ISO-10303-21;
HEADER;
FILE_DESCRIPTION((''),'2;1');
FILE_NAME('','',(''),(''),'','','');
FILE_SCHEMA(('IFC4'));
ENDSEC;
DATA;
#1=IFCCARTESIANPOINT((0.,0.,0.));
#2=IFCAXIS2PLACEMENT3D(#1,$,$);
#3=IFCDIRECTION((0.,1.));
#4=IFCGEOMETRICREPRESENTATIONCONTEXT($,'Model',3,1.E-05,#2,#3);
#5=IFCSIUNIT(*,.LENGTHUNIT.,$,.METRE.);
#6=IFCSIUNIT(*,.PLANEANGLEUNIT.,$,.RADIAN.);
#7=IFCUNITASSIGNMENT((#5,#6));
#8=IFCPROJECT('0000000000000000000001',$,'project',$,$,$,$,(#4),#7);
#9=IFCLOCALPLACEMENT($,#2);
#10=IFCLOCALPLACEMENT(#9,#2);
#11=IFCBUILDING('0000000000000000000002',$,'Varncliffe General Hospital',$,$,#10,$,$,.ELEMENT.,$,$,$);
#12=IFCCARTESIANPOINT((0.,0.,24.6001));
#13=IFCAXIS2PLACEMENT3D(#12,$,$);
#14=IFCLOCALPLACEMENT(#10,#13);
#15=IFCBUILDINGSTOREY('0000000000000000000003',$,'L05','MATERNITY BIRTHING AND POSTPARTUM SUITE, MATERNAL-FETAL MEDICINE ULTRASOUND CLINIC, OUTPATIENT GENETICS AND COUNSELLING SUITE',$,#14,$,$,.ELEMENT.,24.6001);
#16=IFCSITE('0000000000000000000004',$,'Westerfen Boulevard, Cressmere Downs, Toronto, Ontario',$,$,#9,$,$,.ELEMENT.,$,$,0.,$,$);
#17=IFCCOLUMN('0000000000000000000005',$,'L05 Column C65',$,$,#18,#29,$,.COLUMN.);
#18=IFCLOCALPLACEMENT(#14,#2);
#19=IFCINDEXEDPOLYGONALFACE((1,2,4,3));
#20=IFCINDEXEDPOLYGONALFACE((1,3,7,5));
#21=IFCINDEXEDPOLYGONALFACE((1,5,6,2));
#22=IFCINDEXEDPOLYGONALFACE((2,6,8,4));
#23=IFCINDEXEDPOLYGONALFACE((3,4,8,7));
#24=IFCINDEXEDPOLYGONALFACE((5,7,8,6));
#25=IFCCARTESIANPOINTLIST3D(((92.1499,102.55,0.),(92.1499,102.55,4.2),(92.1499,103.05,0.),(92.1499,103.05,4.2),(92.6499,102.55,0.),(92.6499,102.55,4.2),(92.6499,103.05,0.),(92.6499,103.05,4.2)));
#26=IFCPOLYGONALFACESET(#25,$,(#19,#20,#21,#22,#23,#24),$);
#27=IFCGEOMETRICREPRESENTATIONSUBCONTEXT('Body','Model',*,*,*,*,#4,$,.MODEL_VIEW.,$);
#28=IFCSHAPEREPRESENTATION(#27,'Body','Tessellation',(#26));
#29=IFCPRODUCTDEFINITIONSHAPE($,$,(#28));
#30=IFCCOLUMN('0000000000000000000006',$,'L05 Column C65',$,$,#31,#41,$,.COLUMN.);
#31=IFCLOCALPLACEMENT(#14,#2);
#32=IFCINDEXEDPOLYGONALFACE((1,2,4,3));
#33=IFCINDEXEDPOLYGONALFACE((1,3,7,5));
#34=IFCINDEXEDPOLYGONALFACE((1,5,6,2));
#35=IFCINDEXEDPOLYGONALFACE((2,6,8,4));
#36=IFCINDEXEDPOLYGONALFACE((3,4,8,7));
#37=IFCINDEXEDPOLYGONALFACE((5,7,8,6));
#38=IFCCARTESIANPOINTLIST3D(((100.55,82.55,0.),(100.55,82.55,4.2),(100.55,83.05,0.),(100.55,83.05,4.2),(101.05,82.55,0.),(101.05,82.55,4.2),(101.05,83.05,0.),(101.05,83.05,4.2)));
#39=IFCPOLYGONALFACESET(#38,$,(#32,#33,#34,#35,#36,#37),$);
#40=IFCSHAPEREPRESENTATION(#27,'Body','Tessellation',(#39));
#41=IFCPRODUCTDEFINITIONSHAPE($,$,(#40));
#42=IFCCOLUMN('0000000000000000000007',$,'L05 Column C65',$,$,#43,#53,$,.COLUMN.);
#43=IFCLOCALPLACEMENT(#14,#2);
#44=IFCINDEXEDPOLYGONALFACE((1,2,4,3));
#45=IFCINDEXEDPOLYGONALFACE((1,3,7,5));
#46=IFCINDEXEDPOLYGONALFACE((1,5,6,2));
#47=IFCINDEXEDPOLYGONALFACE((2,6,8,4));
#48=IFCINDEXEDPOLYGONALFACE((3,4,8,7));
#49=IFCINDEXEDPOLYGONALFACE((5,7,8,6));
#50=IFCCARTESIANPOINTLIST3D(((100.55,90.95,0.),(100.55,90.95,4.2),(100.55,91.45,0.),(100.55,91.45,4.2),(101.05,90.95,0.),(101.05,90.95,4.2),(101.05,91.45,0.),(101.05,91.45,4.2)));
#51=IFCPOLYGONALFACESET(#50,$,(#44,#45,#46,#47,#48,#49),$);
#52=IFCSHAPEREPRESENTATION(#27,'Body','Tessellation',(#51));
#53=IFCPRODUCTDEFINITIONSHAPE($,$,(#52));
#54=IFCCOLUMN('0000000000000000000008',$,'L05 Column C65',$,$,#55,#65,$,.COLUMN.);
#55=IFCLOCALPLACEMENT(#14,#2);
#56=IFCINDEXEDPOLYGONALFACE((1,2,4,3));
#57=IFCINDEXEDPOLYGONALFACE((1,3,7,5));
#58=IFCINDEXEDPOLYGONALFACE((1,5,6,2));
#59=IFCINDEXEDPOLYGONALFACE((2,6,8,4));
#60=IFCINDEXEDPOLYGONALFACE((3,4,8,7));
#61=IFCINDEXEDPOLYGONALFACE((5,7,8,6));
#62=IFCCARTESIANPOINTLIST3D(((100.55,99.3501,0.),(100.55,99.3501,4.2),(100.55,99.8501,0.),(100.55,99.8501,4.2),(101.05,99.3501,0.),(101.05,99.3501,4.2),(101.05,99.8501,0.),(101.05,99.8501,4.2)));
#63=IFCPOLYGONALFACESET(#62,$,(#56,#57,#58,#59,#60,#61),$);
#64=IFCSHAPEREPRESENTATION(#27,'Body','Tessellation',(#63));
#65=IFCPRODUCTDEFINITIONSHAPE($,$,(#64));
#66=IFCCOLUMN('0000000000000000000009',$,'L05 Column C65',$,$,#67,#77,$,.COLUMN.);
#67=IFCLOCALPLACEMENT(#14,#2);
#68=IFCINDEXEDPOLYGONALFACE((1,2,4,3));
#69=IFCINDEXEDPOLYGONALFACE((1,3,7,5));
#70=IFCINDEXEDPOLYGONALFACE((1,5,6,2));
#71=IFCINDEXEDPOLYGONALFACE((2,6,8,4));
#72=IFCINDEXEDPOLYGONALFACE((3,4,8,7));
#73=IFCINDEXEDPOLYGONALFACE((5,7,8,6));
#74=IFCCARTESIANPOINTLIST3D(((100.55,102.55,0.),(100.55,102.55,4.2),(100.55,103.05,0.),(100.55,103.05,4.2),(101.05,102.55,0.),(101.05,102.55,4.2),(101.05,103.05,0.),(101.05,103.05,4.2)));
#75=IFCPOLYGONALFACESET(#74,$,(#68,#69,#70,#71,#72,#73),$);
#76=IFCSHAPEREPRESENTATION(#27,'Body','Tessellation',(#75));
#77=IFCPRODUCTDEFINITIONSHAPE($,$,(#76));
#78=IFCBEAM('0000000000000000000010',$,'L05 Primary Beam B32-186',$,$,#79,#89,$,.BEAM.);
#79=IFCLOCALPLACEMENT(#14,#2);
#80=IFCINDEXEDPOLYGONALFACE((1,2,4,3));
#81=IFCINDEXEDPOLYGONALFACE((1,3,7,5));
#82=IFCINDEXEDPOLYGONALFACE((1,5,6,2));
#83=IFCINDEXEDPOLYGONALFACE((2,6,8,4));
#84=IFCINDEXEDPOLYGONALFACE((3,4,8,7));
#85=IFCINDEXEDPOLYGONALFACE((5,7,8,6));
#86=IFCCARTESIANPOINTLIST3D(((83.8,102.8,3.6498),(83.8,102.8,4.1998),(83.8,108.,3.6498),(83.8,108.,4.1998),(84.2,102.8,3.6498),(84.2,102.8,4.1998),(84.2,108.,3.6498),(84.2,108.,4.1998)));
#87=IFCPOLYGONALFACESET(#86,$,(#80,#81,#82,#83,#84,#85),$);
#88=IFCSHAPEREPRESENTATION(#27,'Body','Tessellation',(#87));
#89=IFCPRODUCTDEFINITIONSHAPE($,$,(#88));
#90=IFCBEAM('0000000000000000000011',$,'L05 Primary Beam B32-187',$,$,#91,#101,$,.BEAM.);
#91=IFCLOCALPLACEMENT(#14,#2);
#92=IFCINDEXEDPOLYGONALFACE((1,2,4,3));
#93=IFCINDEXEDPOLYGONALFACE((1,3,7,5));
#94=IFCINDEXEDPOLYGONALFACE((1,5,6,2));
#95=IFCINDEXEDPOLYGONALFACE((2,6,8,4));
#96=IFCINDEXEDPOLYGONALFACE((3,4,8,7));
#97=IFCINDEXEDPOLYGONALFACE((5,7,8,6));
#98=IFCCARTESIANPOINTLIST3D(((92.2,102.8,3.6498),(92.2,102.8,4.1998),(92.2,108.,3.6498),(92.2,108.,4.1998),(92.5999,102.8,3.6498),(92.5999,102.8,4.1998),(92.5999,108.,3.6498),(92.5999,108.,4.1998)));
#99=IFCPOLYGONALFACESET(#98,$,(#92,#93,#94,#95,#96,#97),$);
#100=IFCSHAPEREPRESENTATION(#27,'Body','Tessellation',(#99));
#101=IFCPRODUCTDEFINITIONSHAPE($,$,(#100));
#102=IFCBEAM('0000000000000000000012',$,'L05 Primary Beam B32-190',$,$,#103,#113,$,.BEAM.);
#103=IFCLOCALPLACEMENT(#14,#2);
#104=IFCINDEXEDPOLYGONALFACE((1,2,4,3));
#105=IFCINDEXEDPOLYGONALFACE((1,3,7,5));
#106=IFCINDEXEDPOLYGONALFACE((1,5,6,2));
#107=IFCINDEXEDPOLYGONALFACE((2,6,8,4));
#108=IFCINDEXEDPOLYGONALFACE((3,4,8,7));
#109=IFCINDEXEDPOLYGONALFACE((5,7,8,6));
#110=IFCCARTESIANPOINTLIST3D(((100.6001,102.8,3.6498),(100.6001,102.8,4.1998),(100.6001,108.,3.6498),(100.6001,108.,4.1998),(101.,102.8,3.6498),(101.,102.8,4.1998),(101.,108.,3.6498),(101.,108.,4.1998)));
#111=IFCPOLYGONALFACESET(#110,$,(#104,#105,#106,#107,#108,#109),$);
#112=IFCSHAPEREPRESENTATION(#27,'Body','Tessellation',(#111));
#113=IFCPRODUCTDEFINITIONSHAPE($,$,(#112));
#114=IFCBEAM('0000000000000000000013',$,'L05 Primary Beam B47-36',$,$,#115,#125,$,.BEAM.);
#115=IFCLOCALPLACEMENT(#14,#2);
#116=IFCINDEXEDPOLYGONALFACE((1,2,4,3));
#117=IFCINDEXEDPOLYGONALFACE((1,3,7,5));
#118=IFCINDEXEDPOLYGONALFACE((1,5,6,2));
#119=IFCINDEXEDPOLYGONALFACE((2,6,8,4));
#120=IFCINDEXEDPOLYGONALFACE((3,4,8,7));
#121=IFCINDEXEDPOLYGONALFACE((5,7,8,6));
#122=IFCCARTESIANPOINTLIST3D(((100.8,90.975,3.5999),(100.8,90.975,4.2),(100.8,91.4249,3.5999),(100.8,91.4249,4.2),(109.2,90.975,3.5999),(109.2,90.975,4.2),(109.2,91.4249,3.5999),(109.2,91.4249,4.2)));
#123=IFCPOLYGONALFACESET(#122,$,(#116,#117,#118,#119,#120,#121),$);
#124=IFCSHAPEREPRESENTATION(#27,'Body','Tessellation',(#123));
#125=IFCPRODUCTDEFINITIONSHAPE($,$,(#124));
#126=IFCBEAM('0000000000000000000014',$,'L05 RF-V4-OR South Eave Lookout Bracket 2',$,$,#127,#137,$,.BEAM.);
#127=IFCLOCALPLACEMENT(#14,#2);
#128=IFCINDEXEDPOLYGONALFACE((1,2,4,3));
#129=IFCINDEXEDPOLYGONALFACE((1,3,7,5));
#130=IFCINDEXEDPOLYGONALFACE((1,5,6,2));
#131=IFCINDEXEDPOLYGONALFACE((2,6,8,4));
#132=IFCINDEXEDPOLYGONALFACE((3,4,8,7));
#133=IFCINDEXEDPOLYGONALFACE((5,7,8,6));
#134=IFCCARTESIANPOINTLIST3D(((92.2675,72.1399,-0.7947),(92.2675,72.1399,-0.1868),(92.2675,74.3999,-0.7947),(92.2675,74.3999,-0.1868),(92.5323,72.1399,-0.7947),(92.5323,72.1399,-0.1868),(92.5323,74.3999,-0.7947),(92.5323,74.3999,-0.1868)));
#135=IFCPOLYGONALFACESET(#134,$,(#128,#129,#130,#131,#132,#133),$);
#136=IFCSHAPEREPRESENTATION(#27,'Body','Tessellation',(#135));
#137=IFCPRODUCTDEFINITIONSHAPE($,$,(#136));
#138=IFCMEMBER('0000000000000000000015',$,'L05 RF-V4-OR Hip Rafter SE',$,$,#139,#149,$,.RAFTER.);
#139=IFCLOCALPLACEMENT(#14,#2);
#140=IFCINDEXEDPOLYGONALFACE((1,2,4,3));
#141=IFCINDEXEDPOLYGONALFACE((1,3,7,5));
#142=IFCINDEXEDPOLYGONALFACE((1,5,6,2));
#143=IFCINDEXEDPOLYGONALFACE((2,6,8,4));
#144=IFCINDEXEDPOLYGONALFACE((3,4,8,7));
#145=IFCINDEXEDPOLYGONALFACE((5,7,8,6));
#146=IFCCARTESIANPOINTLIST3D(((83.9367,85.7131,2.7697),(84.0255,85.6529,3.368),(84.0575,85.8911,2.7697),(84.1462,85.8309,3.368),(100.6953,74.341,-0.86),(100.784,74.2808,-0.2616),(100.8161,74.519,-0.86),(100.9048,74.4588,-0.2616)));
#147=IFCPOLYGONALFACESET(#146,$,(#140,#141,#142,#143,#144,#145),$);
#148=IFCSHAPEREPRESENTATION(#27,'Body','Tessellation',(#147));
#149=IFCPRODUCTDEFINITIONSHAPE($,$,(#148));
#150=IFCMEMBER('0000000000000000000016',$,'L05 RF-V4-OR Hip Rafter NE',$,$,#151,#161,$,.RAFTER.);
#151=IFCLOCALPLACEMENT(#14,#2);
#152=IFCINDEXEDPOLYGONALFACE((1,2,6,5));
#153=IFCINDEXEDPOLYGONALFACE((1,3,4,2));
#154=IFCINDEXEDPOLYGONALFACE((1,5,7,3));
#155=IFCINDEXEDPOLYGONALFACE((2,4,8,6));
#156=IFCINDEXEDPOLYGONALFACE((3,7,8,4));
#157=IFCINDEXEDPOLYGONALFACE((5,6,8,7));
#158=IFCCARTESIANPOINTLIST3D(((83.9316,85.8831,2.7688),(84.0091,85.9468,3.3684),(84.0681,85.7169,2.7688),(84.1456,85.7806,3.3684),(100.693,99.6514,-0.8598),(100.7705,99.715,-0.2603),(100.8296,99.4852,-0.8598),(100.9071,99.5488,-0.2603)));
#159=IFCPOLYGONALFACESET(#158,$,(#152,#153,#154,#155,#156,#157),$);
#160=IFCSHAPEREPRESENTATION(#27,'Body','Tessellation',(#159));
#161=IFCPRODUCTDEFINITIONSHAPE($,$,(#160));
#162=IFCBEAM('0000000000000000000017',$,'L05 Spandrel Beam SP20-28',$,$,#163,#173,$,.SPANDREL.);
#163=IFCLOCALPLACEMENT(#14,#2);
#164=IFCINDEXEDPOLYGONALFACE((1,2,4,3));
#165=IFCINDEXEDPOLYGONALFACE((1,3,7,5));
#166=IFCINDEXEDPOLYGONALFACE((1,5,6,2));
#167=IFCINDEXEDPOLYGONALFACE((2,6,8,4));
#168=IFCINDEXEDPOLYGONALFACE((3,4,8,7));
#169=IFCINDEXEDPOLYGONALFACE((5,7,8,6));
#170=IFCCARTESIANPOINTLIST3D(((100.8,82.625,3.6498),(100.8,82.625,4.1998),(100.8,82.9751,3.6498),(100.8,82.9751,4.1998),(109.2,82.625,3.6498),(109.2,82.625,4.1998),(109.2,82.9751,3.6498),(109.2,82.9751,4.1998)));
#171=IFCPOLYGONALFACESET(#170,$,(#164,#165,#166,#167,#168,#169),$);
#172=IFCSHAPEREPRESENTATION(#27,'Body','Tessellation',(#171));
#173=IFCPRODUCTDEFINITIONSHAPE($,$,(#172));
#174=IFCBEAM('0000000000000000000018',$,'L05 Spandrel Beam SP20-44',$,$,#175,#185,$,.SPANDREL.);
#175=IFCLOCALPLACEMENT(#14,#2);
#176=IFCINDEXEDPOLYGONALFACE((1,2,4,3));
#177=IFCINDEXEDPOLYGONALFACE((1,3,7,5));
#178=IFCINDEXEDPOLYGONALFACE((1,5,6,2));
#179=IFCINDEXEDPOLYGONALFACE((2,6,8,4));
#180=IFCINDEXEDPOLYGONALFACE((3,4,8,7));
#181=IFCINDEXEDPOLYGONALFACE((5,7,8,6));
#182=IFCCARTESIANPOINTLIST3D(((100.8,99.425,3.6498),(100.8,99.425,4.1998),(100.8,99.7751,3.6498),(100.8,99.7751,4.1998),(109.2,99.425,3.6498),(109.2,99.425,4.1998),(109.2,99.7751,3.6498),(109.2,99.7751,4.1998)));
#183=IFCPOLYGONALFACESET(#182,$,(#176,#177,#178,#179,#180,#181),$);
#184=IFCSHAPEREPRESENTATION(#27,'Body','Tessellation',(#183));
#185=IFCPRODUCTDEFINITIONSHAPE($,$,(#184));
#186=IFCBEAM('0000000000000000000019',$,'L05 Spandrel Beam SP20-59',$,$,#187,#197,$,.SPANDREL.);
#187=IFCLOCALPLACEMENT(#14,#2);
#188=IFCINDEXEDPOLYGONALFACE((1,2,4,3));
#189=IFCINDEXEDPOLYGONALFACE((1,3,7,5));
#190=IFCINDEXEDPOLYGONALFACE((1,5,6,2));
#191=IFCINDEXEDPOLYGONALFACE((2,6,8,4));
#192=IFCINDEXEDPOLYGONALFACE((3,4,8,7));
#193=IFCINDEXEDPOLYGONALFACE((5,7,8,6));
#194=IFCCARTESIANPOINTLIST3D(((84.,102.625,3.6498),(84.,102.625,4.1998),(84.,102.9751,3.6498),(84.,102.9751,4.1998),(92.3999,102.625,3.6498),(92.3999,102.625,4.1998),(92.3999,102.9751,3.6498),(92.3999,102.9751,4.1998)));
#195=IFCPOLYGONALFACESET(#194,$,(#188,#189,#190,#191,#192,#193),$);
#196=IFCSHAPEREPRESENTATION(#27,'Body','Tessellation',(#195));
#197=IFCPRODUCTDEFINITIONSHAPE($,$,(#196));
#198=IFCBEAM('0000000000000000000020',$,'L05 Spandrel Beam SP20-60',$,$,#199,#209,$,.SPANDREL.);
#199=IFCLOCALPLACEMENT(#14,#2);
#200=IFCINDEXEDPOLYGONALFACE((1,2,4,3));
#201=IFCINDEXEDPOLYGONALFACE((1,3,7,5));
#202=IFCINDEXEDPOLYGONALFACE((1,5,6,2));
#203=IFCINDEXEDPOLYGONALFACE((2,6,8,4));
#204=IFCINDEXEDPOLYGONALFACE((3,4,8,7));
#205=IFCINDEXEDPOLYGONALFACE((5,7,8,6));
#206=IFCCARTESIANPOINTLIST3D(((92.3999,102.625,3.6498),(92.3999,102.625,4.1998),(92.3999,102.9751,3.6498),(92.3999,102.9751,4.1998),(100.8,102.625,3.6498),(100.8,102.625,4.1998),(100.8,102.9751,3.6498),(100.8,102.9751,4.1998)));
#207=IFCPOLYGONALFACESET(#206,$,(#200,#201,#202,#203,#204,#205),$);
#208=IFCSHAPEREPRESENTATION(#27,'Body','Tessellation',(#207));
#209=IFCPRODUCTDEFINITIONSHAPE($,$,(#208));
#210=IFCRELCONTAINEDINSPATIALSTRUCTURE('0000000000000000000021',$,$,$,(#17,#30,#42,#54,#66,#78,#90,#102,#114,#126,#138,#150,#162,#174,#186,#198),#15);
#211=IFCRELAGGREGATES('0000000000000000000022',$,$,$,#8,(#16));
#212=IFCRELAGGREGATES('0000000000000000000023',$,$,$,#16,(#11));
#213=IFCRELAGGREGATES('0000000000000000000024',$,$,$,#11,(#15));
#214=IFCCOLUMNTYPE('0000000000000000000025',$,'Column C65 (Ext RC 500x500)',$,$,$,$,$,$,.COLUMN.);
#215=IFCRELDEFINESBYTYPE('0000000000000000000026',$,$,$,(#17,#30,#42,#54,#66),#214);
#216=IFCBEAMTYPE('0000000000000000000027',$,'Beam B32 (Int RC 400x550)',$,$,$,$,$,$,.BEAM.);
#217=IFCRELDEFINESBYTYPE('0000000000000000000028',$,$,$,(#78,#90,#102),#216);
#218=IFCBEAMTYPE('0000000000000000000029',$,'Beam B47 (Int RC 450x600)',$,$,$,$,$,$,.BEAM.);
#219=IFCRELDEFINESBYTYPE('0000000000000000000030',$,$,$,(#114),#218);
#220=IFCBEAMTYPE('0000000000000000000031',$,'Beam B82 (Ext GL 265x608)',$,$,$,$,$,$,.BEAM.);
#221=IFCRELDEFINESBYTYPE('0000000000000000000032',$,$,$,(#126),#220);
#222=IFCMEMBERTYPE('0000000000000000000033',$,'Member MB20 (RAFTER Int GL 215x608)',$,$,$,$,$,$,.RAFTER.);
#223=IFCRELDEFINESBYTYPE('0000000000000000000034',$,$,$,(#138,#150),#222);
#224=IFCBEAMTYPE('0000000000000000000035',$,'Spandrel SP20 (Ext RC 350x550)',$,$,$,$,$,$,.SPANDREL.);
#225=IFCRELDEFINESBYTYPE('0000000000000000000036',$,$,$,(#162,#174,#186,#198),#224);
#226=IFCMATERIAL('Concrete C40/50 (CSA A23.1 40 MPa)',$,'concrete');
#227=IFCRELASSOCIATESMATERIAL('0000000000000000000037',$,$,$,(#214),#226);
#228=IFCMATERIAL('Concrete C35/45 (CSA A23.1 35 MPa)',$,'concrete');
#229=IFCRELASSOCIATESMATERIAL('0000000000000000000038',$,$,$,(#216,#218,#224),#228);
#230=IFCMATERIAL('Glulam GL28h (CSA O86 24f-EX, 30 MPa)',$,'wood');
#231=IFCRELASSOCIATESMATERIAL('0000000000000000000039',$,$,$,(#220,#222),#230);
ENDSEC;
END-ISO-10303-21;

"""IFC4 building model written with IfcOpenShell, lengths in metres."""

from ifc_helpers import new_model, si_unit, direction, frame, origin, origin_2d, place, context, subcontext, project, spatial, rectangle, extrude, material, material_profile, profile_set, type_object, element, save


model = new_model("IFC4")

# Units and contexts
model_context = context("Model", 3, precision=1e-05, world=origin(), true_north=direction((0.0, 1.0)))
body_context = subcontext(model_context, "Body", "Model", "MODEL_VIEW")
ifc_project = project(units=[si_unit("LENGTHUNIT", "METRE"), si_unit("PLANEANGLEUNIT", "RADIAN")], contexts=[model_context])

# Site, building, storey
site_placement = place(None, origin())
site = spatial("IfcSite", under=ifc_project, at=site_placement, Name="Westerfen Boulevard, Cressmere Downs, Toronto, Ontario", CompositionType="ELEMENT", RefElevation=0.0)
building_placement = place(site_placement, origin())
building = spatial("IfcBuilding", under=site, at=building_placement, Name="Varncliffe General Hospital", CompositionType="ELEMENT")
storey_placement = place(building_placement, frame((0.0, 0.0, 24.6001)))
storey = spatial("IfcBuildingStorey", under=building, at=storey_placement, Name="L05", Description="MATERNITY BIRTHING AND POSTPARTUM SUITE, MATERNAL-FETAL MEDICINE ULTRASOUND CLINIC, OUTPATIENT GENETICS AND COUNSELLING SUITE", CompositionType="ELEMENT", Elevation=24.6001)

# Columns
ifc_material_1 = material(Name="Concrete C40/50 (CSA A23.1 40 MPa)", Category="concrete")
ifc_material_profile_1 = material_profile(ifc_material_1, rectangle(XDim=0.5, YDim=0.5, at=origin_2d()), Name="RC 500x500")
ifc_profile_set_1 = profile_set([ifc_material_profile_1], Name="Concrete C40/50 (CSA A23.1 40 MPa)")
column_type = type_object("IfcColumnType", Name="Column C65 (Ext RC 500x500)", PredefinedType="COLUMN", material=ifc_profile_set_1)
for number, where, z_axis, x_axis, name in (
    (1, (92.3999, 102.8, 0.0), (0.0, 0.0, 1.0), (1.0, 0.0, 0.0), "L05 Column C65"),
    (2, (100.8, 82.8, 0.0), (0.0, 0.0, 1.0), (1.0, 0.0, 0.0), "L05 Column C65"),
    (3, (100.8, 91.2, 0.0), (0.0, 0.0, 1.0), (1.0, 0.0, 0.0), "L05 Column C65"),
    (4, (100.8, 99.6001, 0.0), (0.0, 0.0, 1.0), (1.0, 0.0, 0.0), "L05 Column C65"),
    (5, (100.8, 102.8, 0.0), (0.0, 0.0, 1.0), (1.0, 0.0, 0.0), "L05 Column C65"),
):
    element("IfcColumn", number, at=place(storey_placement, frame(where, z_axis=z_axis, x_axis=x_axis)), inside=storey, type_object=column_type, Name=name, PredefinedType="COLUMN", context=body_context, shape_type="SweptSolid", body=[
        extrude(rectangle(XDim=0.5, YDim=0.5, at=origin_2d()), origin(), (0.0, 0.0, 1.0), 4.2),
    ])

# Beams
ifc_material_2 = material(Name="Concrete C35/45 (CSA A23.1 35 MPa)", Category="concrete")
ifc_material_profile_2 = material_profile(ifc_material_2, rectangle(XDim=0.3999, YDim=0.55, at=origin_2d()), Name="RC 400x550")
ifc_profile_set_2 = profile_set([ifc_material_profile_2], Name="Concrete C35/45 (CSA A23.1 35 MPa)")
beam_type_1 = type_object("IfcBeamType", Name="Beam B32 (Int RC 400x550)", PredefinedType="BEAM", material=ifc_profile_set_2)
for number, where, z_axis, x_axis, name in (
    (6, (84.0, 102.8, 3.9248), (0.0, 1.0, 0.0), (-1.0, 0.0, 0.0), "L05 Primary Beam B32-186"),
    (7, (92.3999, 102.8, 3.9248), (0.0, 1.0, 0.0), (-1.0, 0.0, 0.0), "L05 Primary Beam B32-187"),
    (8, (100.8, 102.8, 3.9248), (0.0, 1.0, 0.0), (-1.0, 0.0, 0.0), "L05 Primary Beam B32-190"),
):
    element("IfcBeam", number, at=place(storey_placement, frame(where, z_axis=z_axis, x_axis=x_axis)), inside=storey, type_object=beam_type_1, Name=name, PredefinedType="BEAM", context=body_context, shape_type="SweptSolid", body=[
        extrude(rectangle(XDim=0.3999, YDim=0.55, at=origin_2d()), origin(), (0.0, 0.0, 1.0), 5.2),
    ])
ifc_material_profile_3 = material_profile(ifc_material_2, rectangle(XDim=0.45, YDim=0.6001, at=origin_2d()), Name="RC 450x600")
ifc_profile_set_3 = profile_set([ifc_material_profile_3], Name="Concrete C35/45 (CSA A23.1 35 MPa)")
beam_type_2 = type_object("IfcBeamType", Name="Beam B47 (Int RC 450x600)", PredefinedType="BEAM", material=ifc_profile_set_3)
beam_1_placement = place(storey_placement, frame((100.8, 91.2, 3.8999), z_axis=(1.0, 0.0, 0.0), x_axis=(0.0, 1.0, 0.0)))
element("IfcBeam", 9, at=beam_1_placement, inside=storey, type_object=beam_type_2, Name="L05 Primary Beam B47-36", PredefinedType="BEAM", context=body_context, shape_type="SweptSolid", body=[
    extrude(rectangle(XDim=0.45, YDim=0.6001, at=origin_2d()), origin(), (0.0, 0.0, 1.0), 8.3999),
])
ifc_material_3 = material(Name="Glulam GL28h (CSA O86 24f-EX, 30 MPa)", Category="wood")
ifc_material_profile_4 = material_profile(ifc_material_3, rectangle(XDim=0.2649, YDim=0.6079, at=origin_2d()), Name="GL 265x608")
ifc_profile_set_4 = profile_set([ifc_material_profile_4], Name="Glulam GL28h (CSA O86 24f-EX, 30 MPa)")
beam_type_3 = type_object("IfcBeamType", Name="Beam B82 (Ext GL 265x608)", PredefinedType="BEAM", material=ifc_profile_set_4)
beam_2_placement = place(storey_placement, frame((92.3999, 72.1399, -0.4907), z_axis=(0.0, 1.0, 0.0), x_axis=(-1.0, 0.0, 0.0)))
element("IfcBeam", 10, at=beam_2_placement, inside=storey, type_object=beam_type_3, Name="L05 RF-V4-OR South Eave Lookout Bracket 2", PredefinedType="BEAM", context=body_context, shape_type="SweptSolid", body=[
    extrude(rectangle(XDim=0.2649, YDim=0.6079, at=origin_2d()), origin(), (0.0, 0.0, 1.0), 2.26),
])

# Members
ifc_material_profile_5 = material_profile(ifc_material_3, rectangle(XDim=0.2151, YDim=0.6079, at=origin_2d()), Name="GL 215x608")
ifc_profile_set_5 = profile_set([ifc_material_profile_5], Name="Glulam GL28h (CSA O86 24f-EX, 30 MPa)")
member_type = type_object("IfcMemberType", Name="Member MB20 (RAFTER Int GL 215x608)", PredefinedType="RAFTER", material=ifc_profile_set_5)
member_1_placement = place(storey_placement, frame((100.8, 74.3999, -0.5608), z_axis=(-0.814494, 0.552702, 0.176407), x_axis=(-0.561508, -0.827471, 0.0)))
element("IfcMember", 11, at=member_1_placement, inside=storey, type_object=member_type, Name="L05 RF-V4-OR Hip Rafter SE", PredefinedType="RAFTER", context=body_context, shape_type="SweptSolid", body=[
    extrude(rectangle(XDim=0.2151, YDim=0.6079, at=origin_2d()), origin(), (0.0, 0.0, 1.0), 20.5754),
])
member_2_placement = place(storey_placement, frame((100.8, 99.6001, -0.5601), z_axis=(-0.762137, -0.626039, 0.164994), x_axis=(0.634738, -0.772727, 0.0)))
element("IfcMember", 12, at=member_2_placement, inside=storey, type_object=member_type, Name="L05 RF-V4-OR Hip Rafter NE", PredefinedType="RAFTER", context=body_context, shape_type="SweptSolid", body=[
    extrude(rectangle(XDim=0.2151, YDim=0.6079, at=origin_2d()), origin(), (0.0, 0.0, 1.0), 21.9927),
])

# Beams
ifc_material_profile_6 = material_profile(ifc_material_2, rectangle(XDim=0.3501, YDim=0.55, at=origin_2d()), Name="RC 350x550")
ifc_profile_set_6 = profile_set([ifc_material_profile_6], Name="Concrete C35/45 (CSA A23.1 35 MPa)")
beam_type_4 = type_object("IfcBeamType", Name="Spandrel SP20 (Ext RC 350x550)", PredefinedType="SPANDREL", material=ifc_profile_set_6)
for number, where, z_axis, x_axis, name in (
    (13, (100.8, 82.8, 3.9248), (1.0, 0.0, 0.0), (0.0, 1.0, 0.0), "L05 Spandrel Beam SP20-28"),
    (14, (100.8, 99.6001, 3.9248), (1.0, 0.0, 0.0), (0.0, 1.0, 0.0), "L05 Spandrel Beam SP20-44"),
    (15, (84.0, 102.8, 3.9248), (1.0, 0.0, 0.0), (0.0, 1.0, 0.0), "L05 Spandrel Beam SP20-59"),
):
    element("IfcBeam", number, at=place(storey_placement, frame(where, z_axis=z_axis, x_axis=x_axis)), inside=storey, type_object=beam_type_4, Name=name, PredefinedType="SPANDREL", context=body_context, shape_type="SweptSolid", body=[
        extrude(rectangle(XDim=0.3501, YDim=0.55, at=origin_2d()), origin(), (0.0, 0.0, 1.0), 8.3999),
    ])
beam_3_placement = place(storey_placement, frame((92.3999, 102.8, 3.9248), z_axis=(1.0, 0.0, 0.0), x_axis=(0.0, 1.0, 0.0)))
element("IfcBeam", 16, at=beam_3_placement, inside=storey, type_object=beam_type_4, Name="L05 Spandrel Beam SP20-60", PredefinedType="SPANDREL", context=body_context, shape_type="SweptSolid", body=[
    extrude(rectangle(XDim=0.3501, YDim=0.55, at=origin_2d()), origin(), (0.0, 0.0, 1.0), 8.4001),
])

save(model, "model.ifc")
